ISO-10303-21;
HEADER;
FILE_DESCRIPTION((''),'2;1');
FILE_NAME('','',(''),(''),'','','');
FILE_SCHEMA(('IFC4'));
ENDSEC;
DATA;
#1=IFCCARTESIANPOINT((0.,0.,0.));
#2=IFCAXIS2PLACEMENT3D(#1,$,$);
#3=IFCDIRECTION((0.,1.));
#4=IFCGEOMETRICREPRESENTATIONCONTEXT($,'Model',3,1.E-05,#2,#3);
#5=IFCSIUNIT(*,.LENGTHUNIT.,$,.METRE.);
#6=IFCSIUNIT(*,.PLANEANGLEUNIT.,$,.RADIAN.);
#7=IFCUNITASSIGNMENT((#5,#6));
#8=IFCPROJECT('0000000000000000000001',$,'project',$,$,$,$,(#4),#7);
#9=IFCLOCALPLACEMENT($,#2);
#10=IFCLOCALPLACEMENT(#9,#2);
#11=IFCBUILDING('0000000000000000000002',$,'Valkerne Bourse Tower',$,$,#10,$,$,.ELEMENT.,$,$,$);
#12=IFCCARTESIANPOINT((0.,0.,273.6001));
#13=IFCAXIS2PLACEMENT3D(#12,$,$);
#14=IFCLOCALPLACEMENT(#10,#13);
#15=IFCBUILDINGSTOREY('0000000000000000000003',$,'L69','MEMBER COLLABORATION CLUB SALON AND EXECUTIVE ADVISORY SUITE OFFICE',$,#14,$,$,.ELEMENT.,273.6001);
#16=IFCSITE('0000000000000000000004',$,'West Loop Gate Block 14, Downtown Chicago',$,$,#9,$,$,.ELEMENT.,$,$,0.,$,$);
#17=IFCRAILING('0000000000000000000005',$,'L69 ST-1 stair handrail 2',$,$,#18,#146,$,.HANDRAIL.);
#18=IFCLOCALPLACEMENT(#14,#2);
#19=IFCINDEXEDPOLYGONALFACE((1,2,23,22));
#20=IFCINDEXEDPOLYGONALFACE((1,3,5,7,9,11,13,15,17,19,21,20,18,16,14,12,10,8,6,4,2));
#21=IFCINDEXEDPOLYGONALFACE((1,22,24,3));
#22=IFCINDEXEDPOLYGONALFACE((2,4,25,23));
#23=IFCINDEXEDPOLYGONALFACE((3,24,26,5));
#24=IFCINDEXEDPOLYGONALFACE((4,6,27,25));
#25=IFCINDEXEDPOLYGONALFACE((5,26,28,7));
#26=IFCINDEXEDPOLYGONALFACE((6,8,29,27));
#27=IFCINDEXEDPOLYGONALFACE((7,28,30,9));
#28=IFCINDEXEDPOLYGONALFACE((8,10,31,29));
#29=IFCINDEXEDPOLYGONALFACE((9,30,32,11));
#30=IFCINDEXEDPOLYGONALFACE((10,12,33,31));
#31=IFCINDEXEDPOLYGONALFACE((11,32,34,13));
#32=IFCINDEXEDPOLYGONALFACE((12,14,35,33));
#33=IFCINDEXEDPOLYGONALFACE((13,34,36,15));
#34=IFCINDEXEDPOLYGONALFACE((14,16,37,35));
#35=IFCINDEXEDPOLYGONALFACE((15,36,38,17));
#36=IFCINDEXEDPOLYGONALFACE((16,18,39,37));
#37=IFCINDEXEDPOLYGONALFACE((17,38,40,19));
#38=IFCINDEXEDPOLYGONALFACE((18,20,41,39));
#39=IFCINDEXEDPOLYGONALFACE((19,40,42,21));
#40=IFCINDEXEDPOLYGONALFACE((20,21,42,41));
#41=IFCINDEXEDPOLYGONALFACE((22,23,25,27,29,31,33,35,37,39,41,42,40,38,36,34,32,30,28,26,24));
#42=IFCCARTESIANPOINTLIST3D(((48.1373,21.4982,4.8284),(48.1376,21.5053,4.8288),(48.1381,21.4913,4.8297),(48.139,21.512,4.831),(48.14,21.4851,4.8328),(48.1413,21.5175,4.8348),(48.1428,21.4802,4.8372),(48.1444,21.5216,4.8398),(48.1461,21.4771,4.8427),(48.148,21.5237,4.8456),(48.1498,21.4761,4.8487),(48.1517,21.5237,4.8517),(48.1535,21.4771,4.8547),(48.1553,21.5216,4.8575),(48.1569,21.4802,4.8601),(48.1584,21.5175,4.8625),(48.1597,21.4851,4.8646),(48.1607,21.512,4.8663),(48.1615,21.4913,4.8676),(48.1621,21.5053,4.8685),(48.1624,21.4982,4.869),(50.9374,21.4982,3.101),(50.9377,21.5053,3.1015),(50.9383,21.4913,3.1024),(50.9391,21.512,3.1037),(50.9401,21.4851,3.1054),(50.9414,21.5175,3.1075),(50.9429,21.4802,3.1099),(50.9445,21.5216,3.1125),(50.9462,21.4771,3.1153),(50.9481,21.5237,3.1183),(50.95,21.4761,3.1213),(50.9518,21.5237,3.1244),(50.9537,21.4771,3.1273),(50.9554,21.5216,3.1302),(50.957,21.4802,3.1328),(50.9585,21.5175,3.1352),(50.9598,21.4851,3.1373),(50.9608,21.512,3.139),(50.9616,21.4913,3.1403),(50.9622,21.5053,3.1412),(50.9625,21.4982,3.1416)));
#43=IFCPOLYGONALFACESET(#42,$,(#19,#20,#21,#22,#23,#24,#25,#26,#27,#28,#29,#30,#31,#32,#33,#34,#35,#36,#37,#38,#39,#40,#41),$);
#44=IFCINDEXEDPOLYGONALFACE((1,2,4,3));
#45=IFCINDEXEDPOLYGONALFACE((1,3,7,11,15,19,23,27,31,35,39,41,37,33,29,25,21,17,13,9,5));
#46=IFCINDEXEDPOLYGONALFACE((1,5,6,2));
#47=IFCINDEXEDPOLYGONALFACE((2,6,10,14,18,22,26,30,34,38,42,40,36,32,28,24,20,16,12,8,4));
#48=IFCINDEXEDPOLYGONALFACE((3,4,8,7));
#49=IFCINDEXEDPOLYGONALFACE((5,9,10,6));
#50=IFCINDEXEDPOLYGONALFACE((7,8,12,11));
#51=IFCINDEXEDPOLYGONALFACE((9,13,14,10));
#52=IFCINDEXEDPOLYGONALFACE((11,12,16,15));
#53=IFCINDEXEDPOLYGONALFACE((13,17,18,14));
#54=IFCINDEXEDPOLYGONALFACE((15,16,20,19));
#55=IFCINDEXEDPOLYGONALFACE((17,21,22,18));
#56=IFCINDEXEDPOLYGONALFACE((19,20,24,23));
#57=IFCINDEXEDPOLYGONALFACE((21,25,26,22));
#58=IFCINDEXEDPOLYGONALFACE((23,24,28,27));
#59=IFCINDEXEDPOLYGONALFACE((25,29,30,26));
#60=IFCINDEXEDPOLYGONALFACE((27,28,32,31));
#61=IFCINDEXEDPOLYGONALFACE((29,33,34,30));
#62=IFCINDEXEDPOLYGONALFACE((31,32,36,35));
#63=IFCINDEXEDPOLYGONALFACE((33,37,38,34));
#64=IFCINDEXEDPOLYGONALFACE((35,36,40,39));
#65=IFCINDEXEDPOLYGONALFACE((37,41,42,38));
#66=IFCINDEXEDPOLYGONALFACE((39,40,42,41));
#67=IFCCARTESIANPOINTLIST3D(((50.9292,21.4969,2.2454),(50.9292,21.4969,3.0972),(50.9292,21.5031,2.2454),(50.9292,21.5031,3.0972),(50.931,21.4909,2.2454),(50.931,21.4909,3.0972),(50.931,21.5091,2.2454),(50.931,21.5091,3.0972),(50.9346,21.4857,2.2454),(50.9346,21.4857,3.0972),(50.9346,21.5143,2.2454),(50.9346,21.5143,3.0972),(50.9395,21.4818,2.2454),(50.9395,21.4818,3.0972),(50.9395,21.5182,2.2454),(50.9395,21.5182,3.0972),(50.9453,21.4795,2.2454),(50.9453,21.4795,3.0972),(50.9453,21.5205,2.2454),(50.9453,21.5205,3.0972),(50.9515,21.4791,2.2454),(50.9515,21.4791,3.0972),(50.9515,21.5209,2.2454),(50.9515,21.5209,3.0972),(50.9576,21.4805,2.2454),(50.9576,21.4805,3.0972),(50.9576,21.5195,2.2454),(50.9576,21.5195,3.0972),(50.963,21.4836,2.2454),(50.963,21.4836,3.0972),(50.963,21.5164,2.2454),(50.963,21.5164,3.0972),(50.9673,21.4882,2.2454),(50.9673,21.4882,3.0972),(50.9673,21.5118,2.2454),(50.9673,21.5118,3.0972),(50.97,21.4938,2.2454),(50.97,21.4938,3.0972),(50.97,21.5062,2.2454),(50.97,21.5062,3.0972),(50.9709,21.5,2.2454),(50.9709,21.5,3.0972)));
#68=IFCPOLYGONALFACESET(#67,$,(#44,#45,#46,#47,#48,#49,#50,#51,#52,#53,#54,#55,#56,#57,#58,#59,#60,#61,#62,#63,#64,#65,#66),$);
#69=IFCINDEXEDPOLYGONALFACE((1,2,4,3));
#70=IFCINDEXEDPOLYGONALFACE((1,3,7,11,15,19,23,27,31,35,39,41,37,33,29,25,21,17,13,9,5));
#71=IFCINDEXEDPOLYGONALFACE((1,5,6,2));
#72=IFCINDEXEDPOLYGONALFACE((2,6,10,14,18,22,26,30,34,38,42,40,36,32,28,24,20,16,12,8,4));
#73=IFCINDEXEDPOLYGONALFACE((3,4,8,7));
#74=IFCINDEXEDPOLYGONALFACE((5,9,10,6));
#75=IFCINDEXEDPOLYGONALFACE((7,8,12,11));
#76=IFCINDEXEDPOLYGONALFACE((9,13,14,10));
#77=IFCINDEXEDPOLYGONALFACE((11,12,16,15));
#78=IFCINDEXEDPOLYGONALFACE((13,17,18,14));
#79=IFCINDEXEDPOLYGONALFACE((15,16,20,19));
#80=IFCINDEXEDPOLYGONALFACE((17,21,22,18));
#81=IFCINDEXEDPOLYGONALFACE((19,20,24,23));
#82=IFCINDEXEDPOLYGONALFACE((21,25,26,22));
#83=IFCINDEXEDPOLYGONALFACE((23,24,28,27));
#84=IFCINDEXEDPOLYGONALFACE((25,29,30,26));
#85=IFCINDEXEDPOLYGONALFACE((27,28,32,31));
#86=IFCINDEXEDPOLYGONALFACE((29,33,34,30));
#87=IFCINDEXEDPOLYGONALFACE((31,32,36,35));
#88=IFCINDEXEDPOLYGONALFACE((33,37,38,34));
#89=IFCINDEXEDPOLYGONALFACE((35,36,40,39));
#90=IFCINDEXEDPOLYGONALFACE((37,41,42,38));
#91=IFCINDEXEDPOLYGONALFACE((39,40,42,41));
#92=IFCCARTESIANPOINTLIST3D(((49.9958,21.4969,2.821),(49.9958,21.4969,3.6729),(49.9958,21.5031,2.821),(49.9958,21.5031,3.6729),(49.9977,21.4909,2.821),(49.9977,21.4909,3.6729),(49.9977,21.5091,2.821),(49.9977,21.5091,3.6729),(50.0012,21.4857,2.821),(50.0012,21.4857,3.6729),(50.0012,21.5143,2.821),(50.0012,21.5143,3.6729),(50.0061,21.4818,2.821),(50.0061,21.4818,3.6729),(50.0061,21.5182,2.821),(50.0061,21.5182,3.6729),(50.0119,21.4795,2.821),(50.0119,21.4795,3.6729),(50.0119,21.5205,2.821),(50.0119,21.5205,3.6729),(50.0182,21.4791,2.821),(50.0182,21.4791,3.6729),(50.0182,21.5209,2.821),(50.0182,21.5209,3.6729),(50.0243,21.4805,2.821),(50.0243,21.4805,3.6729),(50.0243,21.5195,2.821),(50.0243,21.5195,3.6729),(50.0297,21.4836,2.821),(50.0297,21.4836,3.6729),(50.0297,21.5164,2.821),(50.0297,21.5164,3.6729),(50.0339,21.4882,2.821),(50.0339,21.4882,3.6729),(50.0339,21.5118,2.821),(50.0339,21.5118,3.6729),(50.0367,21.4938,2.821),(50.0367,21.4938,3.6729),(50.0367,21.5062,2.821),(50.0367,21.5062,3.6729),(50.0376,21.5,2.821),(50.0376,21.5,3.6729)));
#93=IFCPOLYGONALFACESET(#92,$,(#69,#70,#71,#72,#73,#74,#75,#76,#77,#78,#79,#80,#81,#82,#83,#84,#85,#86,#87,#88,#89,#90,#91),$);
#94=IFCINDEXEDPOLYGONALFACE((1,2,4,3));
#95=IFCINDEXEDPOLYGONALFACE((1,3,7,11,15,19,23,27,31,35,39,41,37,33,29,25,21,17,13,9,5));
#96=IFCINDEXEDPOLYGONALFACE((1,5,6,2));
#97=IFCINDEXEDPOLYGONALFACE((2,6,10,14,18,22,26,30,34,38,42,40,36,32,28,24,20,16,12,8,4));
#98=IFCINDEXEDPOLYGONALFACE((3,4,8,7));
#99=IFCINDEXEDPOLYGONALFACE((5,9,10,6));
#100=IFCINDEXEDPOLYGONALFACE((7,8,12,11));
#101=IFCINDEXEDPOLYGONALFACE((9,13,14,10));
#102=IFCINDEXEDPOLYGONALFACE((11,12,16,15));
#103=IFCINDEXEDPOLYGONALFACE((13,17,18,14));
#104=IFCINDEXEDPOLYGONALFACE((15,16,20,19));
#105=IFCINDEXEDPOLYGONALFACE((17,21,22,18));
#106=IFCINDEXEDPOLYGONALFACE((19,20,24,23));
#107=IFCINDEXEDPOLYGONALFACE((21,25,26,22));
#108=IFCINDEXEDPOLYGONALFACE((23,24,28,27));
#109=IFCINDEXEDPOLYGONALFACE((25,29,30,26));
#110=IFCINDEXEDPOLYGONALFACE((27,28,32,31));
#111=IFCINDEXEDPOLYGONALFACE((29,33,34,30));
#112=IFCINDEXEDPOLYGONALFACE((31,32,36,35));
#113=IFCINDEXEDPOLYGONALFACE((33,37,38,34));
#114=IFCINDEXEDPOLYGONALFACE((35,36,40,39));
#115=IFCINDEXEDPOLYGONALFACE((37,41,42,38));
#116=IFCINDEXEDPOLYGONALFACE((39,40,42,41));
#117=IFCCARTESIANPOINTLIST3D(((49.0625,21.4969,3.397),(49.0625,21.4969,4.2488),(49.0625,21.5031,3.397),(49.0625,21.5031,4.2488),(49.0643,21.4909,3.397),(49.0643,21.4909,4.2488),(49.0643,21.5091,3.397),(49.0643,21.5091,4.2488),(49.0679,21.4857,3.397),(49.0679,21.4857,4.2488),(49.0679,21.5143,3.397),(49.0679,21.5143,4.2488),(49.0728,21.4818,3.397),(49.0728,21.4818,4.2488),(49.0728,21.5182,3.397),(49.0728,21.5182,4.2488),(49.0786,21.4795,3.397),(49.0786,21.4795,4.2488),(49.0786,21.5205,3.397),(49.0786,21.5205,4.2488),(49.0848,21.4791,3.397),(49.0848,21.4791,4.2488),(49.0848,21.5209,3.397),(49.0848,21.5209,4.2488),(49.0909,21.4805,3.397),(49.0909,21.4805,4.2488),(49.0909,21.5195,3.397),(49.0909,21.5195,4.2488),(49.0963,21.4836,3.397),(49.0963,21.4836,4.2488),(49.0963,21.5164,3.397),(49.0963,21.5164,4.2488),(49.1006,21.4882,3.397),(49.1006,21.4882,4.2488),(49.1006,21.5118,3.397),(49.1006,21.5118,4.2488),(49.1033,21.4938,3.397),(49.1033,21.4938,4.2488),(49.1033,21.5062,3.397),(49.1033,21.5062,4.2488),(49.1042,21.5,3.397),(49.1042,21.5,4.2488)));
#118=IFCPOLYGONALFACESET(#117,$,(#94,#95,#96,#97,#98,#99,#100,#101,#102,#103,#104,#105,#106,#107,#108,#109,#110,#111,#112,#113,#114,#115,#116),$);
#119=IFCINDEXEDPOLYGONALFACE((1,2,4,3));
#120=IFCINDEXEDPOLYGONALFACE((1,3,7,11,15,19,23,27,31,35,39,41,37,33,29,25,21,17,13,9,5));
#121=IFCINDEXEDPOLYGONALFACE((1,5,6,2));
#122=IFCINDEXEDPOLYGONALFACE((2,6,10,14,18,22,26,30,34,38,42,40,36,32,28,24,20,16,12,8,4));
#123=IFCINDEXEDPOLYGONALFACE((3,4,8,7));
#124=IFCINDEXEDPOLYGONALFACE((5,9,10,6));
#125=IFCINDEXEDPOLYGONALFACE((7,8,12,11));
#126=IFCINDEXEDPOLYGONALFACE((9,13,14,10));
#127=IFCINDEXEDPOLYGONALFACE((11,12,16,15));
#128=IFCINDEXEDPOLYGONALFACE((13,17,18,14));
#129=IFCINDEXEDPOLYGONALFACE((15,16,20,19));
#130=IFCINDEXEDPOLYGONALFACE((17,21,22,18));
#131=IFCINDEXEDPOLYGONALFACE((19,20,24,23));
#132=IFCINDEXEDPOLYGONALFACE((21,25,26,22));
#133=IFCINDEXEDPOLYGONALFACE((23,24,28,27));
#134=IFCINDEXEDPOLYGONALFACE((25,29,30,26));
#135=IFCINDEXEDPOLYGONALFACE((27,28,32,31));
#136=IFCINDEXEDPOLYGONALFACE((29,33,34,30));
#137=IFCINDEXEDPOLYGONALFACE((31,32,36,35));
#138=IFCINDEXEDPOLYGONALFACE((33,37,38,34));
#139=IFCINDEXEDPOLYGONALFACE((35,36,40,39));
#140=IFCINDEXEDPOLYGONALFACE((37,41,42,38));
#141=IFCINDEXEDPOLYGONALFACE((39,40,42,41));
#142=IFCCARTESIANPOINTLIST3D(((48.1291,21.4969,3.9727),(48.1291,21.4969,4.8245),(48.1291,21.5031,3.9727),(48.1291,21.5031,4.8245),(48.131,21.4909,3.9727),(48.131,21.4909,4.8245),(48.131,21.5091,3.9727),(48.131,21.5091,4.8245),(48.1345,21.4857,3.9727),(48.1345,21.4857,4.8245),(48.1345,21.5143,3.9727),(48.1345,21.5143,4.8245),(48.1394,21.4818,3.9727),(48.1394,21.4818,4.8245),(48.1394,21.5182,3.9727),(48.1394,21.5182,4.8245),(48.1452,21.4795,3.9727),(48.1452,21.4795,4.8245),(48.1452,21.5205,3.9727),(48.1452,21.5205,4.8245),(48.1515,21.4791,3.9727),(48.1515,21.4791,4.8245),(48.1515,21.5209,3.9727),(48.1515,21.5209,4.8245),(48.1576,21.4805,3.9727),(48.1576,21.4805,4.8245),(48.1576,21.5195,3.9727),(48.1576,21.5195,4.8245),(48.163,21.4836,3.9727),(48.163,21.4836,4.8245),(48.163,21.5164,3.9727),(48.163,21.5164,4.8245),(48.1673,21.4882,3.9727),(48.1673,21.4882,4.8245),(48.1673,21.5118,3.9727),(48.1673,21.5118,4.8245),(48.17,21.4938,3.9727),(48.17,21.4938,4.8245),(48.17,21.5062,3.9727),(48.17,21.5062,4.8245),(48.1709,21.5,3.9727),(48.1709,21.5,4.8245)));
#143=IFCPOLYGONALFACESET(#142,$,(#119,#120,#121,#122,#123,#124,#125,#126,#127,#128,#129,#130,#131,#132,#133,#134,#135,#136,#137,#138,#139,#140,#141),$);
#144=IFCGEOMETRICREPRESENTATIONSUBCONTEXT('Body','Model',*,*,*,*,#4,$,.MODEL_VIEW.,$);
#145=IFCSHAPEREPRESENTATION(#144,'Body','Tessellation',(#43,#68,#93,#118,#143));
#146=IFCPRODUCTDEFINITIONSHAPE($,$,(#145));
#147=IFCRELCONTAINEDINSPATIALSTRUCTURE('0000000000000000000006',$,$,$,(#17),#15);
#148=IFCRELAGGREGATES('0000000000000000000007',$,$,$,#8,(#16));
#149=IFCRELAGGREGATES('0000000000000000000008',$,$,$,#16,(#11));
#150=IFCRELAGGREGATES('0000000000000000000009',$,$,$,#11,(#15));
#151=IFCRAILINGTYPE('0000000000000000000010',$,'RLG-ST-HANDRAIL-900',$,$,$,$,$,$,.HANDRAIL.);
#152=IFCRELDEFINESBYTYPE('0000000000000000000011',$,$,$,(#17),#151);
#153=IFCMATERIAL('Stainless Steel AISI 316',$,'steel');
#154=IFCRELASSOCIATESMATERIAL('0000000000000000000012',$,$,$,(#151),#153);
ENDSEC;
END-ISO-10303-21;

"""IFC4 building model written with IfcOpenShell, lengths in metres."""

from ifc_helpers import new_model, si_unit, direction, frame, origin, origin_2d, place, context, subcontext, project, spatial, circle, extrude, material, type_object, element, save


model = new_model("IFC4")

# Units and contexts
model_context = context("Model", 3, precision=1e-05, world=origin(), true_north=direction((0.0, 1.0)))
body_context = subcontext(model_context, "Body", "Model", "MODEL_VIEW")
ifc_project = project(units=[si_unit("LENGTHUNIT", "METRE"), si_unit("PLANEANGLEUNIT", "RADIAN")], contexts=[model_context])

# Site, building, storey
site_placement = place(None, origin())
site = spatial("IfcSite", under=ifc_project, at=site_placement, Name="West Loop Gate Block 14, Downtown Chicago", CompositionType="ELEMENT", RefElevation=0.0)
building_placement = place(site_placement, origin())
building = spatial("IfcBuilding", under=site, at=building_placement, Name="Valkerne Bourse Tower", CompositionType="ELEMENT")
storey_placement = place(building_placement, frame((0.0, 0.0, 273.6001)))
storey = spatial("IfcBuildingStorey", under=building, at=storey_placement, Name="L69", Description="MEMBER COLLABORATION CLUB SALON AND EXECUTIVE ADVISORY SUITE OFFICE", CompositionType="ELEMENT", Elevation=273.6001)

# Shared definitions
ifc_material_1 = material(Name="Stainless Steel AISI 316", Category="steel")

# Railing
railing_type_1 = type_object("IfcRailingType", Name="RLG-ST-HANDRAIL-900", PredefinedType="HANDRAIL", material=ifc_material_1)
railing_1_placement = place(storey_placement, frame((50.95, 21.5, 2.2454)))
element("IfcRailing", 1, at=railing_1_placement, inside=storey, type_object=railing_type_1, Name="L69 ST-1 stair handrail 2", PredefinedType="HANDRAIL", context=body_context, shape_type="SweptSolid", body=[
    extrude(circle(Radius=0.0239, at=origin_2d()), frame((0.0, 0.0, 0.876), z_axis=(-0.85109, 0.0, 0.52502), x_axis=(0.0, -1.0, 0.0)), (0.0, 0.0, 1.0), 3.29),
    extrude(circle(Radius=0.021, at=origin_2d()), origin(), (0.0, 0.0, 1.0), 0.8518),
    extrude(circle(Radius=0.021, at=origin_2d()), frame((-0.9333, 0.0, 0.5757)), (0.0, 0.0, 1.0), 0.8518),
    extrude(circle(Radius=0.021, at=origin_2d()), frame((-1.8667, 0.0, 1.1516)), (0.0, 0.0, 1.0), 0.8518),
    extrude(circle(Radius=0.021, at=origin_2d()), frame((-2.8, 0.0, 1.7273)), (0.0, 0.0, 1.0), 0.8518),
])

save(model, "model.ifc")
